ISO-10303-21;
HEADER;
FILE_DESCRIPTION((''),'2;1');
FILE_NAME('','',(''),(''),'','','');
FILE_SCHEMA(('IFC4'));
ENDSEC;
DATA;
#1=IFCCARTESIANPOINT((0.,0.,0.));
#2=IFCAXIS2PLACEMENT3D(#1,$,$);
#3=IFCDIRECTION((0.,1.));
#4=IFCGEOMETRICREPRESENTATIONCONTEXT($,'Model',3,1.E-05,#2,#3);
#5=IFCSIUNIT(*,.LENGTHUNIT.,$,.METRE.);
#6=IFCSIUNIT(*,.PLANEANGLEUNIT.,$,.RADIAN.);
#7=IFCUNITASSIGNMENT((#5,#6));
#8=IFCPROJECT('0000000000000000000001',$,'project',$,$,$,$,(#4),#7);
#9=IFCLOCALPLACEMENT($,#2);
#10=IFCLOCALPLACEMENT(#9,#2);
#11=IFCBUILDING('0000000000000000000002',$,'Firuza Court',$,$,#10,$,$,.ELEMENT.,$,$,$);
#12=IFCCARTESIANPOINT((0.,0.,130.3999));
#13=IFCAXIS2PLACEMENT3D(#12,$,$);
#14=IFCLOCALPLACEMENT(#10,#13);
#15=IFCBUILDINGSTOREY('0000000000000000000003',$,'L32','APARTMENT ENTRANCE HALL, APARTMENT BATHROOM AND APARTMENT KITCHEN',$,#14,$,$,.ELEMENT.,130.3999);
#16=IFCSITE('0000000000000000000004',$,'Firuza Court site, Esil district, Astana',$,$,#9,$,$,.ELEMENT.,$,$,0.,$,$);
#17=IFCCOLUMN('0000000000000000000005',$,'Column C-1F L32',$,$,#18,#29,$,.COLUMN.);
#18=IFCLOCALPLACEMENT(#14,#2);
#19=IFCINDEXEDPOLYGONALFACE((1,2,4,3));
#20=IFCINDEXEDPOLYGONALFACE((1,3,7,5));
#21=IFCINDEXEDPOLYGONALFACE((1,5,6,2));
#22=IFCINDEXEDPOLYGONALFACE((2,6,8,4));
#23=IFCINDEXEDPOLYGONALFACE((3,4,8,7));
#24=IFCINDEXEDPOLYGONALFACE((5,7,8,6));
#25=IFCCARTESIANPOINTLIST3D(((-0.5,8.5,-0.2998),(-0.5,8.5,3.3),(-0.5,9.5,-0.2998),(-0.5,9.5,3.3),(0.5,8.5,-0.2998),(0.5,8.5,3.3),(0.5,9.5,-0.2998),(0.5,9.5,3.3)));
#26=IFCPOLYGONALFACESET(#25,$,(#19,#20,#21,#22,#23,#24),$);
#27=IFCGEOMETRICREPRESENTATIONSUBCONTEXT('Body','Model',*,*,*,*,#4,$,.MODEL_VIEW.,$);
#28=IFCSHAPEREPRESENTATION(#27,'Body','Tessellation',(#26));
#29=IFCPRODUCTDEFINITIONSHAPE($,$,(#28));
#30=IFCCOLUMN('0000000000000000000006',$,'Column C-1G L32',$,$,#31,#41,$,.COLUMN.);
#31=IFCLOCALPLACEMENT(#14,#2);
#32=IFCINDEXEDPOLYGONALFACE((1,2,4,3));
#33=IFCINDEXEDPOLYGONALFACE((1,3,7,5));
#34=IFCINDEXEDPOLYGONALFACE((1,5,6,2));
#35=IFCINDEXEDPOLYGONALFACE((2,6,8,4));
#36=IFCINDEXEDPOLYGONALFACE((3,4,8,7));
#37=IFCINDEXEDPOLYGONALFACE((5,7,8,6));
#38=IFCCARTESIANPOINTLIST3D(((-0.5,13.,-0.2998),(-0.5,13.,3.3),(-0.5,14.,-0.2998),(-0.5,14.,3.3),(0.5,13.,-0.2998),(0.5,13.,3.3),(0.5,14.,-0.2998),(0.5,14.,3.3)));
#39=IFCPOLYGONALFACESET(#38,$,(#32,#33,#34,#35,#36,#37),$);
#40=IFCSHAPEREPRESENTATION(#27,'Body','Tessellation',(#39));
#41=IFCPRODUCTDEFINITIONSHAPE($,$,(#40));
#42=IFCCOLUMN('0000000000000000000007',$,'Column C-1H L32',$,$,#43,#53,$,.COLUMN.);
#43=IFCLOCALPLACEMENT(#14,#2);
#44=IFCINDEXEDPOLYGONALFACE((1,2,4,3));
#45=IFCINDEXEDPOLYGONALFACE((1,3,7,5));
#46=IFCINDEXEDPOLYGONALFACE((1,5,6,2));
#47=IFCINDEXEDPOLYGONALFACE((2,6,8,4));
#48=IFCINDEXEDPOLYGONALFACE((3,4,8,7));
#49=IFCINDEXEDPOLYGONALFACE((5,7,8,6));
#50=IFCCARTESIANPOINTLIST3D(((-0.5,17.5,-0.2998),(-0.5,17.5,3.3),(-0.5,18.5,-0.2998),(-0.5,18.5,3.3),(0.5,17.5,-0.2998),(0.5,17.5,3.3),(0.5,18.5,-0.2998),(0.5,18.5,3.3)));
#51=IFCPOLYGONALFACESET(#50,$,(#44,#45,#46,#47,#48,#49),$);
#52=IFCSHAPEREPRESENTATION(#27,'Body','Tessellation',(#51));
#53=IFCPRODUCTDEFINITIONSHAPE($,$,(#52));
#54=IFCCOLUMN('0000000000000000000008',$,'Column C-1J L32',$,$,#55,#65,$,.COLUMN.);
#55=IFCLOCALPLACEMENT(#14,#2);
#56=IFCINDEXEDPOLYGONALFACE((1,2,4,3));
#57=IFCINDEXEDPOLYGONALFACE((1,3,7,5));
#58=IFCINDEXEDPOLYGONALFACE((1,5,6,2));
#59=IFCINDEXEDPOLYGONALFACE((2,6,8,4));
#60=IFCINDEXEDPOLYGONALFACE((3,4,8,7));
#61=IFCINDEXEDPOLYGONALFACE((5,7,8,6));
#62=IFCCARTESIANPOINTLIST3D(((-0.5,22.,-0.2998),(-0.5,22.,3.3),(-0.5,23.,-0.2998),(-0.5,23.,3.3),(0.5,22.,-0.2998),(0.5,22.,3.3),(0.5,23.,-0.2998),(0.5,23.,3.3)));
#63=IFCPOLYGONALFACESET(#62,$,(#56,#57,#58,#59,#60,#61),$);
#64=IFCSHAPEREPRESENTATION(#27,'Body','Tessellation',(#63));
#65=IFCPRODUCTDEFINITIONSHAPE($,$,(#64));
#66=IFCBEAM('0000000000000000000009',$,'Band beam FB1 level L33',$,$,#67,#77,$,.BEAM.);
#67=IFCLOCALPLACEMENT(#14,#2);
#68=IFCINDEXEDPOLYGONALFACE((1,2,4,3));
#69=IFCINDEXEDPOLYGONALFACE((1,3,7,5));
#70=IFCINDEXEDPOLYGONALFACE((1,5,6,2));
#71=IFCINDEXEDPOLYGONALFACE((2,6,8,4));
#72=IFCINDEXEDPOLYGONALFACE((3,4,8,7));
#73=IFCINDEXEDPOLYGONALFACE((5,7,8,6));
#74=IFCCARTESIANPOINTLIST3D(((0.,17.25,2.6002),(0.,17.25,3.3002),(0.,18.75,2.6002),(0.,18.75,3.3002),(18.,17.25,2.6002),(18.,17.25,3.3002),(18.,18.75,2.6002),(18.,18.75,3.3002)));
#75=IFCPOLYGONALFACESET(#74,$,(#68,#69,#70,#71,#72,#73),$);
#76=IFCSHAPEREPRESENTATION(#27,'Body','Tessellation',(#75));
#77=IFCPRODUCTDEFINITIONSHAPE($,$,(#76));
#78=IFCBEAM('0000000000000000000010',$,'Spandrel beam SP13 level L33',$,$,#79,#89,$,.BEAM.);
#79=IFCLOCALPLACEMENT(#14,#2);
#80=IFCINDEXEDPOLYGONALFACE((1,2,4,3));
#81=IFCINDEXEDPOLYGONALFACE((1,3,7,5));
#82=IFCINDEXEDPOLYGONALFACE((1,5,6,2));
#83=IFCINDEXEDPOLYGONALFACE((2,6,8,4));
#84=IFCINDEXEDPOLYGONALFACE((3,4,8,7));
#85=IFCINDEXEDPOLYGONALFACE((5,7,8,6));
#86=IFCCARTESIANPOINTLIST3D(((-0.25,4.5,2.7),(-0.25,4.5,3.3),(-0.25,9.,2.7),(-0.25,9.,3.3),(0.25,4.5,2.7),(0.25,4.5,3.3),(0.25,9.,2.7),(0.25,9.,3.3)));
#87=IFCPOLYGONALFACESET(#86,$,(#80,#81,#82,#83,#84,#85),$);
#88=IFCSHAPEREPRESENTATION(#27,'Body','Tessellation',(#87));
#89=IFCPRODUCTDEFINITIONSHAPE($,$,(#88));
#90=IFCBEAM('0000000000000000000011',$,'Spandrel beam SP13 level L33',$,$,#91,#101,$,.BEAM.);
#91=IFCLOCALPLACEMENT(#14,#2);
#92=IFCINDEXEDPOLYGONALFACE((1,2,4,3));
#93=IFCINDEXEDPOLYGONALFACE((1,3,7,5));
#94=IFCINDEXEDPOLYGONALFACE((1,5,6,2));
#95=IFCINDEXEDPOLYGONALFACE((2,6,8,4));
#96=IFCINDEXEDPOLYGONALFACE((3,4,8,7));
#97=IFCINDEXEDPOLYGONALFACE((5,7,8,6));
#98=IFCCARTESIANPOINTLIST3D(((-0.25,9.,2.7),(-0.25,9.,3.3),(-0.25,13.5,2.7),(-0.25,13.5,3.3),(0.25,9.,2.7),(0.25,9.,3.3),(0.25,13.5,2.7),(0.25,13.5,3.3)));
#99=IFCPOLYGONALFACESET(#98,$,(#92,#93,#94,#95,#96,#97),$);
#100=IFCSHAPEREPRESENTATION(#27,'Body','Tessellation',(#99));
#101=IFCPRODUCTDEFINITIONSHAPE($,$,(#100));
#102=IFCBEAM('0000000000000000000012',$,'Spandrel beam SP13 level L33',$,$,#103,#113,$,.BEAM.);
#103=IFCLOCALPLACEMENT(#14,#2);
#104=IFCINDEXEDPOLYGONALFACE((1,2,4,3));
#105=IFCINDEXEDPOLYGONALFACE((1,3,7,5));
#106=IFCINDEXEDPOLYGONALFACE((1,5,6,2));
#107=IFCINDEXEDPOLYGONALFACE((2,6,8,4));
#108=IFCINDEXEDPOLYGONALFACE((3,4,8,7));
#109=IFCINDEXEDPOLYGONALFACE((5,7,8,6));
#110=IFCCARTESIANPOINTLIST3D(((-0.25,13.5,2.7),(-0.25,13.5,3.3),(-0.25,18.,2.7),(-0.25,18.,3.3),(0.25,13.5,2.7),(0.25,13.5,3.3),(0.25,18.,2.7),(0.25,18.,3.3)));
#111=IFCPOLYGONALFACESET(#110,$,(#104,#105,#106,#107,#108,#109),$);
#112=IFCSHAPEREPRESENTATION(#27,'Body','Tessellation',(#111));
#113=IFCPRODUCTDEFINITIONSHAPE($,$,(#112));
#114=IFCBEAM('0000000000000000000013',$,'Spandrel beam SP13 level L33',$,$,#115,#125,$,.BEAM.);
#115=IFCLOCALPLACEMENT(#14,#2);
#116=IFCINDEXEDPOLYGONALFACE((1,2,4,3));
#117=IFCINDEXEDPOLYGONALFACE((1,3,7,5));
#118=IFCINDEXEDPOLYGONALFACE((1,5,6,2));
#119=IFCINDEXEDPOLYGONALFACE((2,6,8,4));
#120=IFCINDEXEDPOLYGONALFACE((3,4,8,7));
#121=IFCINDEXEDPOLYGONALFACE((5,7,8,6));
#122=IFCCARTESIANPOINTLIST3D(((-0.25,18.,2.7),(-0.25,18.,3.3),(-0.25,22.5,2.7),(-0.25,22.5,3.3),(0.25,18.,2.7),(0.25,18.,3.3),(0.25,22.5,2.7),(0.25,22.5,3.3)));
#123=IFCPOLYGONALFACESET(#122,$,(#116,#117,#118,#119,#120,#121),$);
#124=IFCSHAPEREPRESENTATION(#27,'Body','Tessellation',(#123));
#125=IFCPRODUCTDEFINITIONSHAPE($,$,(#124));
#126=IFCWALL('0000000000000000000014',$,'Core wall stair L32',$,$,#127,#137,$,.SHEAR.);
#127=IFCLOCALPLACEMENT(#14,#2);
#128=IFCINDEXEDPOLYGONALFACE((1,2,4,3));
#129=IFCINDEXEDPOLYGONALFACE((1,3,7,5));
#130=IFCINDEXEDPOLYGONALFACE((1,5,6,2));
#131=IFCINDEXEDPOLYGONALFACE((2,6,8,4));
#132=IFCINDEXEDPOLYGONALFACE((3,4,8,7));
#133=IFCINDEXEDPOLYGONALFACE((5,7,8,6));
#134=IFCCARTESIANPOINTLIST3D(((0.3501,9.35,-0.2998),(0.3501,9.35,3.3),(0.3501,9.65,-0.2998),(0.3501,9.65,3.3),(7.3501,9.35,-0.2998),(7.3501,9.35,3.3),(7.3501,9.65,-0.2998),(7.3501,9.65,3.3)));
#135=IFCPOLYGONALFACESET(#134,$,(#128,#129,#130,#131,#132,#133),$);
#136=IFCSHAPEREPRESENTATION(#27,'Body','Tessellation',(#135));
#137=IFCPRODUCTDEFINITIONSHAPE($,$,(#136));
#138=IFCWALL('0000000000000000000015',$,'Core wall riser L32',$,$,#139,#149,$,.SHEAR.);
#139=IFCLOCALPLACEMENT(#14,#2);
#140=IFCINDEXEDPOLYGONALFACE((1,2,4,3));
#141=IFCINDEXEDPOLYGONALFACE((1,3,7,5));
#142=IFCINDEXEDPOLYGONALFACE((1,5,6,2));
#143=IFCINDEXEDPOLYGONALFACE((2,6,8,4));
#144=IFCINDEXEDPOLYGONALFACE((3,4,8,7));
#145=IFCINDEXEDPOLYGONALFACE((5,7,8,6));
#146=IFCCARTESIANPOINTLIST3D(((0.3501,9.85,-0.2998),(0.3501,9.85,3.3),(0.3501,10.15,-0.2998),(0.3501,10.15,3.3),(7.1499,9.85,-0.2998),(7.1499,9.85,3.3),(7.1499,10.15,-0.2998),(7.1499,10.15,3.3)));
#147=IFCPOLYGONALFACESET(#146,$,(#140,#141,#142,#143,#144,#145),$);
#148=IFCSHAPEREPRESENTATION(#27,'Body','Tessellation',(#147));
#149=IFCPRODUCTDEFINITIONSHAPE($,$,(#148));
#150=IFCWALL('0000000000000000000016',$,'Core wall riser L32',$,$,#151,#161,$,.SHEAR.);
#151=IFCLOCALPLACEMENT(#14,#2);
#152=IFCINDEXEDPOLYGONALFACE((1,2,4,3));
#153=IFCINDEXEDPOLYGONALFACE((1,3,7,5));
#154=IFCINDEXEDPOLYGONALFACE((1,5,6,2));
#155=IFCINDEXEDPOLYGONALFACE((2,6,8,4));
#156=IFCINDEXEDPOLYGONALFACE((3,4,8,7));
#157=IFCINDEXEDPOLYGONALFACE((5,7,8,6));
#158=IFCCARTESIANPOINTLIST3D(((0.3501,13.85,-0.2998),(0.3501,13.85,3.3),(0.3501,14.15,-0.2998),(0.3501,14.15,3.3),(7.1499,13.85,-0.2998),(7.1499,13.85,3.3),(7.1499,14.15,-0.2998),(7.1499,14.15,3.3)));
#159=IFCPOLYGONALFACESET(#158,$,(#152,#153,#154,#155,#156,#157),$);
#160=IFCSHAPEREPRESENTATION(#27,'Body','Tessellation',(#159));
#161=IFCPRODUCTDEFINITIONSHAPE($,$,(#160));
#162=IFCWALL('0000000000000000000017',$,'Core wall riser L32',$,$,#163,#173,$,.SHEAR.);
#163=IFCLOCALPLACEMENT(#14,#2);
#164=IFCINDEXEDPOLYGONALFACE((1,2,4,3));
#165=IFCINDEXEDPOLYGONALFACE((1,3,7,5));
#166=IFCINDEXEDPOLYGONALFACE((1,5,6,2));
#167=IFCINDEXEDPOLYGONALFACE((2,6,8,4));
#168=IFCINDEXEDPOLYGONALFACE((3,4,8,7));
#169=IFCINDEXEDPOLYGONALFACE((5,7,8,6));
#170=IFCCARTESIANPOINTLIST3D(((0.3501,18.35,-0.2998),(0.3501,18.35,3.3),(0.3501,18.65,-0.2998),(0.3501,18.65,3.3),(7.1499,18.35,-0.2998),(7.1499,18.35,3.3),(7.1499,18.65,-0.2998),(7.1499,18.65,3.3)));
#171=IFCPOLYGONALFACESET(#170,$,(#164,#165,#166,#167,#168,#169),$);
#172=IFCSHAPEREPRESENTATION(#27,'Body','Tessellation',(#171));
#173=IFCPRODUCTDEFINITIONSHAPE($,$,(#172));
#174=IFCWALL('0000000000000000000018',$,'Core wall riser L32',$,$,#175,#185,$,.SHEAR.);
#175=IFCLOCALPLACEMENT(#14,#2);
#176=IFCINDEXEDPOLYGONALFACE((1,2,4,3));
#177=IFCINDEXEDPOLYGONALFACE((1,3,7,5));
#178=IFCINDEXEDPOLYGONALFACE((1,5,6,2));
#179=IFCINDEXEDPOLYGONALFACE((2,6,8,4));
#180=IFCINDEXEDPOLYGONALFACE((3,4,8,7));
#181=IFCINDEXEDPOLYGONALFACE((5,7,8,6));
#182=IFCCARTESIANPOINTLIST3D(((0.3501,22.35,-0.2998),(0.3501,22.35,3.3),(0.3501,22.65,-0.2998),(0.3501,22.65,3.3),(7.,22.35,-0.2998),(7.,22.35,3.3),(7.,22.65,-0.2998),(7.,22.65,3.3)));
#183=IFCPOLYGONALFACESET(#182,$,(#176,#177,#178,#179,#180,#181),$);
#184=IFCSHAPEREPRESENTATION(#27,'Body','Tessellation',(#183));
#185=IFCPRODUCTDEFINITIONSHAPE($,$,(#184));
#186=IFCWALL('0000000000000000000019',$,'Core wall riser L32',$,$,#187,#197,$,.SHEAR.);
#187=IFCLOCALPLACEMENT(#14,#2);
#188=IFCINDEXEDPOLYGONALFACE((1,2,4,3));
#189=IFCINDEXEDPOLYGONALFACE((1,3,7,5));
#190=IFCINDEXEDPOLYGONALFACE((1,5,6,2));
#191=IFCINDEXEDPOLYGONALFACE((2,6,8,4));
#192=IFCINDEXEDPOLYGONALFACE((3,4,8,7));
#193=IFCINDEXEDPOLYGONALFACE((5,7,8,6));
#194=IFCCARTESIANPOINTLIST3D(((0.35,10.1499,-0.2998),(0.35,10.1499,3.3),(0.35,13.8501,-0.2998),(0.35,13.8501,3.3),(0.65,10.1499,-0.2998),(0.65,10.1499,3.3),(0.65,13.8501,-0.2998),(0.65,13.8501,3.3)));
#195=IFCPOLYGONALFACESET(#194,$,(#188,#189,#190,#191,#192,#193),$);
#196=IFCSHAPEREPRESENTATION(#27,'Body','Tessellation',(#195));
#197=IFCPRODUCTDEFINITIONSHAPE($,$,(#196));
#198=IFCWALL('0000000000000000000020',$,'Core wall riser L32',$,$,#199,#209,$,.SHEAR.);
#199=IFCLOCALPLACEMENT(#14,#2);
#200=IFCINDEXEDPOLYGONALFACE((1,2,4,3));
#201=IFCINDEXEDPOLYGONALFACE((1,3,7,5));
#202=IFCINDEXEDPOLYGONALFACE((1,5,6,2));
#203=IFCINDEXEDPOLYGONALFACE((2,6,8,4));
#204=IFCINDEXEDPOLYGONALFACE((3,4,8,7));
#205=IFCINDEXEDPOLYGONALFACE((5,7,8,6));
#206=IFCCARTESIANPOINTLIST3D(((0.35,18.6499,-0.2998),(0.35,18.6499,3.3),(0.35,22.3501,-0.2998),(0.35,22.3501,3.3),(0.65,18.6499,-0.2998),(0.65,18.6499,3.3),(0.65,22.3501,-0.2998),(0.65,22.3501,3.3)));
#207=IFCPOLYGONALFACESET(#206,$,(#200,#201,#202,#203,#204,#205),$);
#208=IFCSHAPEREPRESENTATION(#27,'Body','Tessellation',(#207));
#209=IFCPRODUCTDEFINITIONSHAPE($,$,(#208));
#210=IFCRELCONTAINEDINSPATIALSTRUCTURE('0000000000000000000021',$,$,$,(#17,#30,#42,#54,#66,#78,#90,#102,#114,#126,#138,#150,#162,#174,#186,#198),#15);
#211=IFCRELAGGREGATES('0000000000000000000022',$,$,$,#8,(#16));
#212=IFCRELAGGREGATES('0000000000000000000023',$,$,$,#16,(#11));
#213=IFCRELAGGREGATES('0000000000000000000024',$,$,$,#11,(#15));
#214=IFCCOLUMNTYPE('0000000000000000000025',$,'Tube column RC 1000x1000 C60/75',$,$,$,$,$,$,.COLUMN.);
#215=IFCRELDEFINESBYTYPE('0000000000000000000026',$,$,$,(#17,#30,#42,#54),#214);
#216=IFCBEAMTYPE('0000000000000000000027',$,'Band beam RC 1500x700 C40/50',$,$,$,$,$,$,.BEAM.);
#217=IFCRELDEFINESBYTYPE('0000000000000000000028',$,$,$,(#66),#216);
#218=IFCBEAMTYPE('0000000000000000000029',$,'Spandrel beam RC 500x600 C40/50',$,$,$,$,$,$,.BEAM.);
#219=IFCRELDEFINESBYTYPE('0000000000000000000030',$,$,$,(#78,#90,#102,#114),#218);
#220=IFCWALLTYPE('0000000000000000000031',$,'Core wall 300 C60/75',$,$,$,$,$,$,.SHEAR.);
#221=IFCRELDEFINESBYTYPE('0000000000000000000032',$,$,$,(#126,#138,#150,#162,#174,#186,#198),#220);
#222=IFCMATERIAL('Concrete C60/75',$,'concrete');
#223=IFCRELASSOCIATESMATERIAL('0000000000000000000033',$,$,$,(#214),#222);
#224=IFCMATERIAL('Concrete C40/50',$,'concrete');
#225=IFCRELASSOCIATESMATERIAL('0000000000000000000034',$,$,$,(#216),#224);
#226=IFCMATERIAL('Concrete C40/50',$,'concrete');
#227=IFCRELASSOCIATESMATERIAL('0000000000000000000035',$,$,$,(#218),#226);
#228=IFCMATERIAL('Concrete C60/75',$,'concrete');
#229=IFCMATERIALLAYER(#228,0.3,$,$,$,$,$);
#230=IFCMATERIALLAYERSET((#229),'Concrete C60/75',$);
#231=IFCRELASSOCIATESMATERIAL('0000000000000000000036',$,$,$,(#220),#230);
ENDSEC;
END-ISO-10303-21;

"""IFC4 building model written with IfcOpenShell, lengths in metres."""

from ifc_helpers import new_model, si_unit, direction, frame, frame_2d, origin, origin_2d, place, context, subcontext, project, spatial, rectangle, extrude, material, layer, layer_set, material_profile, profile_set, type_object, element, save


model = new_model("IFC4")

# Units and contexts
model_context = context("Model", 3, precision=1e-05, world=origin(), true_north=direction((0.0, 1.0)))
body_context = subcontext(model_context, "Body", "Model", "MODEL_VIEW")
ifc_project = project(units=[si_unit("LENGTHUNIT", "METRE"), si_unit("PLANEANGLEUNIT", "RADIAN")], contexts=[model_context])

# Site, building, storey
site_placement = place(None, origin())
site = spatial("IfcSite", under=ifc_project, at=site_placement, Name="Firuza Court site, Esil district, Astana", CompositionType="ELEMENT", RefElevation=0.0)
building_placement = place(site_placement, origin())
building = spatial("IfcBuilding", under=site, at=building_placement, Name="Firuza Court", CompositionType="ELEMENT")
storey_placement = place(building_placement, frame((0.0, 0.0, 130.3999)))
storey = spatial("IfcBuildingStorey", under=building, at=storey_placement, Name="L32", Description="APARTMENT ENTRANCE HALL, APARTMENT BATHROOM AND APARTMENT KITCHEN", CompositionType="ELEMENT", Elevation=130.3999)

# Columns
ifc_material_1 = material(Name="Concrete C60/75", Category="concrete")
ifc_material_profile_1 = material_profile(ifc_material_1, rectangle(XDim=1.0, YDim=1.0, at=origin_2d()), Name="RC 1000x1000")
ifc_profile_set_1 = profile_set([ifc_material_profile_1], Name="Concrete C60/75")
column_type = type_object("IfcColumnType", Name="Tube column RC 1000x1000 C60/75", PredefinedType="COLUMN", material=ifc_profile_set_1)
for number, where, z_axis, x_axis, name in (
    (1, (0.0, 9.0, -0.2998), (0.0, 0.0, 1.0), (1.0, 0.0, 0.0), "Column C-1F L32"),
    (2, (0.0, 13.5, -0.2998), (0.0, 0.0, 1.0), (1.0, 0.0, 0.0), "Column C-1G L32"),
    (3, (0.0, 18.0, -0.2998), (0.0, 0.0, 1.0), (1.0, 0.0, 0.0), "Column C-1H L32"),
    (4, (0.0, 22.5, -0.2998), (0.0, 0.0, 1.0), (1.0, 0.0, 0.0), "Column C-1J L32"),
):
    element("IfcColumn", number, at=place(storey_placement, frame(where, z_axis=z_axis, x_axis=x_axis)), inside=storey, type_object=column_type, Name=name, PredefinedType="COLUMN", context=body_context, shape_type="SweptSolid", body=[
        extrude(rectangle(XDim=1.0, YDim=1.0, at=origin_2d()), origin(), (0.0, 0.0, 1.0), 3.5999),
    ])

# Beams
ifc_material_2 = material(Name="Concrete C40/50", Category="concrete")
ifc_material_profile_2 = material_profile(ifc_material_2, rectangle(XDim=1.5, YDim=0.7, at=origin_2d()), Name="RC 1500x700")
ifc_profile_set_2 = profile_set([ifc_material_profile_2], Name="Concrete C40/50")
beam_type_1 = type_object("IfcBeamType", Name="Band beam RC 1500x700 C40/50", PredefinedType="BEAM", material=ifc_profile_set_2)
beam_placement = place(storey_placement, frame((0.0, 18.0, 2.9502), z_axis=(1.0, 0.0, 0.0), x_axis=(0.0, 1.0, 0.0)))
element("IfcBeam", 5, at=beam_placement, inside=storey, type_object=beam_type_1, Name="Band beam FB1 level L33", PredefinedType="BEAM", context=body_context, shape_type="SweptSolid", body=[
    extrude(rectangle(XDim=1.5, YDim=0.7, at=origin_2d()), origin(), (0.0, 0.0, 1.0), 18.0),
])
ifc_material_3 = material(Name="Concrete C40/50", Category="concrete")
ifc_material_profile_3 = material_profile(ifc_material_3, rectangle(XDim=0.5, YDim=0.6001, at=origin_2d()), Name="RC 500x600")
ifc_profile_set_3 = profile_set([ifc_material_profile_3], Name="Concrete C40/50")
beam_type_2 = type_object("IfcBeamType", Name="Spandrel beam RC 500x600 C40/50", PredefinedType="BEAM", material=ifc_profile_set_3)
for number, where, z_axis, x_axis, name in (
    (6, (0.0, 9.0, 3.0), (0.0, -1.0, 0.0), (1.0, 0.0, 0.0), "Spandrel beam SP13 level L33"),
    (7, (0.0, 13.5, 3.0), (0.0, -1.0, 0.0), (1.0, 0.0, 0.0), "Spandrel beam SP13 level L33"),
    (8, (0.0, 18.0, 3.0), (0.0, -1.0, 0.0), (1.0, 0.0, 0.0), "Spandrel beam SP13 level L33"),
    (9, (0.0, 22.5, 3.0), (0.0, -1.0, 0.0), (1.0, 0.0, 0.0), "Spandrel beam SP13 level L33"),
):
    element("IfcBeam", number, at=place(storey_placement, frame(where, z_axis=z_axis, x_axis=x_axis)), inside=storey, type_object=beam_type_2, Name=name, PredefinedType="BEAM", context=body_context, shape_type="SweptSolid", body=[
        extrude(rectangle(XDim=0.5, YDim=0.6001, at=origin_2d()), origin(), (0.0, 0.0, 1.0), 4.5),
    ])

# Walls
ifc_material_4 = material(Name="Concrete C60/75", Category="concrete")
ifc_layer_1 = layer(ifc_material_4, 0.3)
ifc_layer_set_1 = layer_set([ifc_layer_1], Name="Concrete C60/75")
wall_type_1 = type_object("IfcWallType", Name="Core wall 300 C60/75", PredefinedType="SHEAR", material=ifc_layer_set_1)
wall_1_placement = place(storey_placement, frame((0.3501, 9.5, -0.2998), z_axis=(0.0, 0.0, 1.0), x_axis=(1.0, 0.0, 0.0)))
element("IfcWall", 10, at=wall_1_placement, inside=storey, type_object=wall_type_1, Name="Core wall stair L32", PredefinedType="SHEAR", context=body_context, shape_type="SweptSolid", body=[
    extrude(rectangle(XDim=7.0, YDim=0.3, at=frame_2d((3.5, 0.0))), origin(), (0.0, 0.0, 1.0), 3.5999),
])
for number, where, z_axis, x_axis, name in (
    (11, (0.3501, 10.0, -0.2998), (0.0, 0.0, 1.0), (1.0, 0.0, 0.0), "Core wall riser L32"),
    (12, (0.3501, 14.0, -0.2998), (0.0, 0.0, 1.0), (1.0, 0.0, 0.0), "Core wall riser L32"),
    (13, (0.3501, 18.5, -0.2998), (0.0, 0.0, 1.0), (1.0, 0.0, 0.0), "Core wall riser L32"),
):
    element("IfcWall", number, at=place(storey_placement, frame(where, z_axis=z_axis, x_axis=x_axis)), inside=storey, type_object=wall_type_1, Name=name, PredefinedType="SHEAR", context=body_context, shape_type="SweptSolid", body=[
        extrude(rectangle(XDim=6.7998, YDim=0.3, at=frame_2d((3.3999, 0.0))), origin(), (0.0, 0.0, 1.0), 3.5999),
    ])
wall_2_placement = place(storey_placement, frame((0.3501, 22.5, -0.2998), z_axis=(0.0, 0.0, 1.0), x_axis=(1.0, 0.0, 0.0)))
element("IfcWall", 14, at=wall_2_placement, inside=storey, type_object=wall_type_1, Name="Core wall riser L32", PredefinedType="SHEAR", context=body_context, shape_type="SweptSolid", body=[
    extrude(rectangle(XDim=6.6499, YDim=0.3, at=frame_2d((3.325, 0.0))), origin(), (0.0, 0.0, 1.0), 3.5999),
])
for number, where, z_axis, x_axis, name in (
    (15, (0.5, 10.1499, -0.2998), (0.0, 0.0, 1.0), (0.0, 1.0, 0.0), "Core wall riser L32"),
    (16, (0.5, 18.6499, -0.2998), (0.0, 0.0, 1.0), (0.0, 1.0, 0.0), "Core wall riser L32"),
):
    element("IfcWall", number, at=place(storey_placement, frame(where, z_axis=z_axis, x_axis=x_axis)), inside=storey, type_object=wall_type_1, Name=name, PredefinedType="SHEAR", context=body_context, shape_type="SweptSolid", body=[
        extrude(rectangle(XDim=3.7002, YDim=0.3, at=frame_2d((1.8501, 0.0))), origin(), (0.0, 0.0, 1.0), 3.5999),
    ])

save(model, "model.ifc")
